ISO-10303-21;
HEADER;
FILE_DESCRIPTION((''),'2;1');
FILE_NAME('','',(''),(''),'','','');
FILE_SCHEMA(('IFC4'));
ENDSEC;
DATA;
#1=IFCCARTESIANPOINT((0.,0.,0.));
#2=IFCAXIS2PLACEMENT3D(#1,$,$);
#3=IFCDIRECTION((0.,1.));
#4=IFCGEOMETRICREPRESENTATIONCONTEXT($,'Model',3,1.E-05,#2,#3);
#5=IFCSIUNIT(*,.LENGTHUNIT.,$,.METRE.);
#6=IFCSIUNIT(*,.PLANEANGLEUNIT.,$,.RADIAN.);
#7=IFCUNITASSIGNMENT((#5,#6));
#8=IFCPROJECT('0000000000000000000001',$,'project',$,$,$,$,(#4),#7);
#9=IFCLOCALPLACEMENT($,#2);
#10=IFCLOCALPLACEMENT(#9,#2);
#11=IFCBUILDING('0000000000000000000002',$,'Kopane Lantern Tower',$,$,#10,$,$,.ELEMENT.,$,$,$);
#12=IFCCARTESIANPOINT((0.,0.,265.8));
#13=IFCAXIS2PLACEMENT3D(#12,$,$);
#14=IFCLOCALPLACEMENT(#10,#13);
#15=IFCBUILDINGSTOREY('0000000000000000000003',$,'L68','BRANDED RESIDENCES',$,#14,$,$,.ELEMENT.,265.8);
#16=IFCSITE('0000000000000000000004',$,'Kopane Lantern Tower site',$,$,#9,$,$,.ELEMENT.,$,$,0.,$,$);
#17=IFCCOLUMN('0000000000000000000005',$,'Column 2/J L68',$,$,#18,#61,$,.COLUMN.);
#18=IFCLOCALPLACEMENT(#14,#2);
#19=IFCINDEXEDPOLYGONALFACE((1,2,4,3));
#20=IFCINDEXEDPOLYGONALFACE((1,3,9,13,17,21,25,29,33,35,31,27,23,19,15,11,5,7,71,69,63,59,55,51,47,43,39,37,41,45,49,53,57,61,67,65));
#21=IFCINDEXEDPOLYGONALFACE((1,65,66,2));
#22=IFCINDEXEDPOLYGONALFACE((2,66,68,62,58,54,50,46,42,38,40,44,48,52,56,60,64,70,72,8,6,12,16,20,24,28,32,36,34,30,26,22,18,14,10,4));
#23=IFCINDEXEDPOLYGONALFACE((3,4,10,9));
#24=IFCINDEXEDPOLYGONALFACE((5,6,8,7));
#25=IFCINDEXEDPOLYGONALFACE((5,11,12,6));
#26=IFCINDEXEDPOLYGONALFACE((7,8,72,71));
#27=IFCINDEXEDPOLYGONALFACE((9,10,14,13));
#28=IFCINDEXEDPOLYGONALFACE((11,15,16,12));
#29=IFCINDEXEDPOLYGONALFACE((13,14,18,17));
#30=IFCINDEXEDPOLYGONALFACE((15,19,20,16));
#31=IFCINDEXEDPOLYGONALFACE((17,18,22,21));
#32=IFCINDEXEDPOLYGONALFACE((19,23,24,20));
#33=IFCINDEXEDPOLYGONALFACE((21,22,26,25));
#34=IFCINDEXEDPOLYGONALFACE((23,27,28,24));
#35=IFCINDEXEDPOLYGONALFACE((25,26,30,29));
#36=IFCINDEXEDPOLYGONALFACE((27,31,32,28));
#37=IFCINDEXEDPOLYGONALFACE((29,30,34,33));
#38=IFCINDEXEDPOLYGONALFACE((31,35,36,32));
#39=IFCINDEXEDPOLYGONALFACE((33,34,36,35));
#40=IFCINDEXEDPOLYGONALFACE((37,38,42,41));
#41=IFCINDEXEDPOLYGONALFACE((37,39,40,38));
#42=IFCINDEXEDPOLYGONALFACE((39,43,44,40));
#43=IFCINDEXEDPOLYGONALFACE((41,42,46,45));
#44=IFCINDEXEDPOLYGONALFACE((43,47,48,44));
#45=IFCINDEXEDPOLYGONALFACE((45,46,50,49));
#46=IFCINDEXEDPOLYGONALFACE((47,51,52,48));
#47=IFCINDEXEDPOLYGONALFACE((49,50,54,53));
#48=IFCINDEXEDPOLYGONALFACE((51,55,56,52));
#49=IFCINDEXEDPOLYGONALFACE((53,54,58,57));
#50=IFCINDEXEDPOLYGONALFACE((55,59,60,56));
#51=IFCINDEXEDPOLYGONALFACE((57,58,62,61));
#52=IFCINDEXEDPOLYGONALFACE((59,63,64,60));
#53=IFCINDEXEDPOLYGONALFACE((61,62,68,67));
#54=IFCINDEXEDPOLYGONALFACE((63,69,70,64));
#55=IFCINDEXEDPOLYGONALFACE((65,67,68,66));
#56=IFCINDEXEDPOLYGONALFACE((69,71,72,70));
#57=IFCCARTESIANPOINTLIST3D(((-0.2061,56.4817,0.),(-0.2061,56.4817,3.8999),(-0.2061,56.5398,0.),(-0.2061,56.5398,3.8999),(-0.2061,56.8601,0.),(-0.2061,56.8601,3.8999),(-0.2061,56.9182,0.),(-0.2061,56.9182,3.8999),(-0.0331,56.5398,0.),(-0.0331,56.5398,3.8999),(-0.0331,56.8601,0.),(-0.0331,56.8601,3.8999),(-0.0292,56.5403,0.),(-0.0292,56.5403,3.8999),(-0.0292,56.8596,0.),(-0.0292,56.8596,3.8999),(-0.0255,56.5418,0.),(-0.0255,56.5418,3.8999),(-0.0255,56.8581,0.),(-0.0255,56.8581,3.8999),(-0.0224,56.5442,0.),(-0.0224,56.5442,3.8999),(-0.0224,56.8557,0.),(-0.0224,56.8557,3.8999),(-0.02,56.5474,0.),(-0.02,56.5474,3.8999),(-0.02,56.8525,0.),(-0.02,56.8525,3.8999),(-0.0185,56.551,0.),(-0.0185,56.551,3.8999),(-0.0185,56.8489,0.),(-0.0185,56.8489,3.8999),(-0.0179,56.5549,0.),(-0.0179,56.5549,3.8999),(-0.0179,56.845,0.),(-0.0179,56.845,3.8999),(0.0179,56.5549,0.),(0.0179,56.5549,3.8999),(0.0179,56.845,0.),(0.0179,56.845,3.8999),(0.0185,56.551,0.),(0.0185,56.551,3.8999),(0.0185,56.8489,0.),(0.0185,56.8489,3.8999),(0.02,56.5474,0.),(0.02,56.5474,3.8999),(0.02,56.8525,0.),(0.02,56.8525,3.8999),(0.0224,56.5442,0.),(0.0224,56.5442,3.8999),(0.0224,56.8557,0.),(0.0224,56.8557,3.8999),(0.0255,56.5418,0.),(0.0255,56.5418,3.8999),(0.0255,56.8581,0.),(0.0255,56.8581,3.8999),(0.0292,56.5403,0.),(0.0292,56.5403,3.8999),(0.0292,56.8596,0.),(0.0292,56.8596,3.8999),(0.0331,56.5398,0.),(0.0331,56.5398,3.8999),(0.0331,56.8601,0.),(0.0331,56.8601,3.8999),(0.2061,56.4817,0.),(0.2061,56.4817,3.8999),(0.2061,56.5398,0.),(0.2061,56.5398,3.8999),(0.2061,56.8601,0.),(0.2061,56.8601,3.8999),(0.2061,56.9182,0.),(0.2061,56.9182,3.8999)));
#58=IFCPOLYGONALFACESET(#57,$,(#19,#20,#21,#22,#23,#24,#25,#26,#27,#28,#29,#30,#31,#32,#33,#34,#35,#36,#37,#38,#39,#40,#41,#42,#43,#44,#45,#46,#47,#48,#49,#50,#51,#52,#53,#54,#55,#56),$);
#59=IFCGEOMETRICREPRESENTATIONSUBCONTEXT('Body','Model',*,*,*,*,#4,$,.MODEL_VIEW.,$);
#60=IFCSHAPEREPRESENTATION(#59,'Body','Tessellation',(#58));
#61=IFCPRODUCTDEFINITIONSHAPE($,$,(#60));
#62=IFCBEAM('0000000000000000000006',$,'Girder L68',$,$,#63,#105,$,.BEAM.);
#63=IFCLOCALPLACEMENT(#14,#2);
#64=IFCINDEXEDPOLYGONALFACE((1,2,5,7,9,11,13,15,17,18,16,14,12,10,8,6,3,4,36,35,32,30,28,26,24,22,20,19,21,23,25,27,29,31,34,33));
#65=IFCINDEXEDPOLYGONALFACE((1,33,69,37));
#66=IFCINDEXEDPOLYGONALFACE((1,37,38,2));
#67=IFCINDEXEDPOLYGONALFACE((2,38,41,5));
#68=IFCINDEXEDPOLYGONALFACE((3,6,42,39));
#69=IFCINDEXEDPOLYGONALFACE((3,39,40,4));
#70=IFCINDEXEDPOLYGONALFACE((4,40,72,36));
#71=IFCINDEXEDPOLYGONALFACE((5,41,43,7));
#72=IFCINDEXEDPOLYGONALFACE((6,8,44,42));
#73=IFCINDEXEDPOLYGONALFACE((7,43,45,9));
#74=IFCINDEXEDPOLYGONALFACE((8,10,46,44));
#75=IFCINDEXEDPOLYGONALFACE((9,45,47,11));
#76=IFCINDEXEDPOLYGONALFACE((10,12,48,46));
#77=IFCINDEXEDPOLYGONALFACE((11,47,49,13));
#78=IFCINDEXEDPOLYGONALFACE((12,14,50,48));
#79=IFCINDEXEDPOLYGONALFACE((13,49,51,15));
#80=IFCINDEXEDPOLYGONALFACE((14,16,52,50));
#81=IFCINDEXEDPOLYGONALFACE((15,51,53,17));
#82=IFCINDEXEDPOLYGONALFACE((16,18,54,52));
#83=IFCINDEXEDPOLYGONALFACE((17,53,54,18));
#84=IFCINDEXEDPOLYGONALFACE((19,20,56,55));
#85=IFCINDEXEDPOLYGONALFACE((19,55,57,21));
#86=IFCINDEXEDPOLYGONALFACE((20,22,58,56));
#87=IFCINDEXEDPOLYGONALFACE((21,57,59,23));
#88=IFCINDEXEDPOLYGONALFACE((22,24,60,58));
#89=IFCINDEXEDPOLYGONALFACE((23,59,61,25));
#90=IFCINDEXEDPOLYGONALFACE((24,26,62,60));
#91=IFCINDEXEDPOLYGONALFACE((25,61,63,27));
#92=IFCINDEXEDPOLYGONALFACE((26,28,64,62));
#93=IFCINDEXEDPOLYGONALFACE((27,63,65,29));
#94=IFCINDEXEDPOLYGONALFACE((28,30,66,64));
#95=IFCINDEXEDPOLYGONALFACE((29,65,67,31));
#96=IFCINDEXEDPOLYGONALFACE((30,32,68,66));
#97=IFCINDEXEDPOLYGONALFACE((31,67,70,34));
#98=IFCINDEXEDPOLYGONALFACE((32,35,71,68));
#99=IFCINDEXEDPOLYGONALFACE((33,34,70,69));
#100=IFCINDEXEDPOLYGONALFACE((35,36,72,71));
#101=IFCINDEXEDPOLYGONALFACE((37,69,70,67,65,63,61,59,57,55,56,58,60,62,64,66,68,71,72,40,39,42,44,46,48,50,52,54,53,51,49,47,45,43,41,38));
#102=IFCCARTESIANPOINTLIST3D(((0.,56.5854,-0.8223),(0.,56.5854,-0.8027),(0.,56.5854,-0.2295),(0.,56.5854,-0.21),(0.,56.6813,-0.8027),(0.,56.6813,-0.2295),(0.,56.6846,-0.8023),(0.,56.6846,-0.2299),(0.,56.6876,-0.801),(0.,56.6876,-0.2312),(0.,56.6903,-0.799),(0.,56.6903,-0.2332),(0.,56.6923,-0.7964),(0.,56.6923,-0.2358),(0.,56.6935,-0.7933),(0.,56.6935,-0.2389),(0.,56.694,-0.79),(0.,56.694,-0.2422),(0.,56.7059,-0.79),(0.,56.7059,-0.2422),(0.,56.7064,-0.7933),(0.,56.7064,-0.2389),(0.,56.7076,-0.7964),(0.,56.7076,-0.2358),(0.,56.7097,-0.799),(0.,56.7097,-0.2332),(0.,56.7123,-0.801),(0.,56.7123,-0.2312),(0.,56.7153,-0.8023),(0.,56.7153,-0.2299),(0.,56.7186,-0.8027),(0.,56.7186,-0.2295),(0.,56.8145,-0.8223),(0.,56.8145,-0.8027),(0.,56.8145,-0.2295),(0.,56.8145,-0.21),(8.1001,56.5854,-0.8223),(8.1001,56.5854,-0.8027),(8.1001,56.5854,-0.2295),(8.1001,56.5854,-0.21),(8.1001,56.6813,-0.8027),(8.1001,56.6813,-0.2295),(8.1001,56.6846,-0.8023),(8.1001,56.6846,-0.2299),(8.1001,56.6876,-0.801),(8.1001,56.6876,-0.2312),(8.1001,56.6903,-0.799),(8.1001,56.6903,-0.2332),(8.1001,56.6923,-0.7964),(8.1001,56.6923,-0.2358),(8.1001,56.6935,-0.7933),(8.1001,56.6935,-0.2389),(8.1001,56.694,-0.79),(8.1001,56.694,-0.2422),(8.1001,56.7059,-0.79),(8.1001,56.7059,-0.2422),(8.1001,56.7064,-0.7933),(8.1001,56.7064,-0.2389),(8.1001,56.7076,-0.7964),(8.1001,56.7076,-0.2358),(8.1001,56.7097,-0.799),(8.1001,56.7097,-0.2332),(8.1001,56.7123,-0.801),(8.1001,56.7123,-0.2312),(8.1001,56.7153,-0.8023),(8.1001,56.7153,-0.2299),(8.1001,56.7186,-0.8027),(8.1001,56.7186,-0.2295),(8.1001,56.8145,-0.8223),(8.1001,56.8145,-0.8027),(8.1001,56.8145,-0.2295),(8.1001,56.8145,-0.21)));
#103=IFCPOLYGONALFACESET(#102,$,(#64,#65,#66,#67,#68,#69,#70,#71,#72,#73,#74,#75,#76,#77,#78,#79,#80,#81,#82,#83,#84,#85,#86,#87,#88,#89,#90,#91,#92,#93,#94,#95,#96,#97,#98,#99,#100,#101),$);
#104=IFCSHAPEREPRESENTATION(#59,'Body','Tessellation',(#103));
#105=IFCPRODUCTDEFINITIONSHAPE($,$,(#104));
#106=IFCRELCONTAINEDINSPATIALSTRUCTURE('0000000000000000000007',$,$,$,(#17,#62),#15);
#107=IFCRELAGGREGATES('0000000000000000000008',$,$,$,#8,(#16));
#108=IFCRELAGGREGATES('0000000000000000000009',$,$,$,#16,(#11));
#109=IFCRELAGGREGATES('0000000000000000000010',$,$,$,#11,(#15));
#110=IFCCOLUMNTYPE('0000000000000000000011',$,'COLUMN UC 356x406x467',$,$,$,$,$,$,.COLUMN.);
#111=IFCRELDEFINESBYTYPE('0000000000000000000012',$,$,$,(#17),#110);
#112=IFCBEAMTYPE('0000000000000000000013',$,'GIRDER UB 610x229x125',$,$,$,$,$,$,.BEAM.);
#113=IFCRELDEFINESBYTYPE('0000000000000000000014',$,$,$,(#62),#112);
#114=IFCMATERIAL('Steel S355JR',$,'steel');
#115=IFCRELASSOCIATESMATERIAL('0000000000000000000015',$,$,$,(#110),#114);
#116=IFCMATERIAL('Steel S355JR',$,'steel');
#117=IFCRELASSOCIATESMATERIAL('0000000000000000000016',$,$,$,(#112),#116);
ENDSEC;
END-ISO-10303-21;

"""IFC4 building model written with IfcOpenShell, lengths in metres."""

from ifc_helpers import new_model, si_unit, direction, frame, origin, origin_2d, place, context, subcontext, project, spatial, i_section, extrude, material, material_profile, profile_set, type_object, element, save


model = new_model("IFC4")

# Units and contexts
model_context = context("Model", 3, precision=1e-05, world=origin(), true_north=direction((0.0, 1.0)))
body_context = subcontext(model_context, "Body", "Model", "MODEL_VIEW")
ifc_project = project(units=[si_unit("LENGTHUNIT", "METRE"), si_unit("PLANEANGLEUNIT", "RADIAN")], contexts=[model_context])

# Site, building, storey
site_placement = place(None, origin())
site = spatial("IfcSite", under=ifc_project, at=site_placement, Name="Kopane Lantern Tower site", CompositionType="ELEMENT", RefElevation=0.0)
building_placement = place(site_placement, origin())
building = spatial("IfcBuilding", under=site, at=building_placement, Name="Kopane Lantern Tower", CompositionType="ELEMENT")
storey_placement = place(building_placement, frame((0.0, 0.0, 265.8)))
storey = spatial("IfcBuildingStorey", under=building, at=storey_placement, Name="L68", Description="BRANDED RESIDENCES", CompositionType="ELEMENT", Elevation=265.8)

# Column
ifc_material_1 = material(Name="Steel S355JR", Category="steel")
ifc_material_profile_1 = material_profile(ifc_material_1, i_section(OverallWidth=0.4121, OverallDepth=0.4365, WebThickness=0.0359, FlangeThickness=0.0581, FilletRadius=0.0151, at=origin_2d()), Name="UC 356x406x467")
ifc_profile_set_1 = profile_set([ifc_material_profile_1], Name="Steel S355JR")
column_type = type_object("IfcColumnType", Name="COLUMN UC 356x406x467", PredefinedType="COLUMN", material=ifc_profile_set_1)
column_placement = place(storey_placement, frame((0.0, 56.7, 0.0), z_axis=(0.0, 0.0, 1.0), x_axis=(1.0, 0.0, 0.0)))
element("IfcColumn", 1, at=column_placement, inside=storey, type_object=column_type, Name="Column 2/J L68", PredefinedType="COLUMN", context=body_context, shape_type="SweptSolid", body=[
    extrude(i_section(OverallWidth=0.4121, OverallDepth=0.4365, WebThickness=0.0359, FlangeThickness=0.0581, FilletRadius=0.0151, at=origin_2d()), origin(), (0.0, 0.0, 1.0), 3.8999),
])

# Beam
ifc_material_2 = material(Name="Steel S355JR", Category="steel")
ifc_material_profile_2 = material_profile(ifc_material_2, i_section(OverallWidth=0.229, OverallDepth=0.6123, WebThickness=0.012, FlangeThickness=0.0195, FilletRadius=0.0127, at=origin_2d()), Name="UB 610x229x125")
ifc_profile_set_2 = profile_set([ifc_material_profile_2], Name="Steel S355JR")
beam_type = type_object("IfcBeamType", Name="GIRDER UB 610x229x125", PredefinedType="BEAM", material=ifc_profile_set_2)
beam_placement = place(storey_placement, frame((0.0, 56.7, -0.5161), z_axis=(1.0, 0.0, 0.0), x_axis=(0.0, 1.0, 0.0)))
element("IfcBeam", 2, at=beam_placement, inside=storey, type_object=beam_type, Name="Girder L68", PredefinedType="BEAM", context=body_context, shape_type="SweptSolid", body=[
    extrude(i_section(OverallWidth=0.229, OverallDepth=0.6123, WebThickness=0.012, FlangeThickness=0.0195, FilletRadius=0.0127, at=origin_2d()), origin(), (0.0, 0.0, 1.0), 8.1001),
])

save(model, "model.ifc")
